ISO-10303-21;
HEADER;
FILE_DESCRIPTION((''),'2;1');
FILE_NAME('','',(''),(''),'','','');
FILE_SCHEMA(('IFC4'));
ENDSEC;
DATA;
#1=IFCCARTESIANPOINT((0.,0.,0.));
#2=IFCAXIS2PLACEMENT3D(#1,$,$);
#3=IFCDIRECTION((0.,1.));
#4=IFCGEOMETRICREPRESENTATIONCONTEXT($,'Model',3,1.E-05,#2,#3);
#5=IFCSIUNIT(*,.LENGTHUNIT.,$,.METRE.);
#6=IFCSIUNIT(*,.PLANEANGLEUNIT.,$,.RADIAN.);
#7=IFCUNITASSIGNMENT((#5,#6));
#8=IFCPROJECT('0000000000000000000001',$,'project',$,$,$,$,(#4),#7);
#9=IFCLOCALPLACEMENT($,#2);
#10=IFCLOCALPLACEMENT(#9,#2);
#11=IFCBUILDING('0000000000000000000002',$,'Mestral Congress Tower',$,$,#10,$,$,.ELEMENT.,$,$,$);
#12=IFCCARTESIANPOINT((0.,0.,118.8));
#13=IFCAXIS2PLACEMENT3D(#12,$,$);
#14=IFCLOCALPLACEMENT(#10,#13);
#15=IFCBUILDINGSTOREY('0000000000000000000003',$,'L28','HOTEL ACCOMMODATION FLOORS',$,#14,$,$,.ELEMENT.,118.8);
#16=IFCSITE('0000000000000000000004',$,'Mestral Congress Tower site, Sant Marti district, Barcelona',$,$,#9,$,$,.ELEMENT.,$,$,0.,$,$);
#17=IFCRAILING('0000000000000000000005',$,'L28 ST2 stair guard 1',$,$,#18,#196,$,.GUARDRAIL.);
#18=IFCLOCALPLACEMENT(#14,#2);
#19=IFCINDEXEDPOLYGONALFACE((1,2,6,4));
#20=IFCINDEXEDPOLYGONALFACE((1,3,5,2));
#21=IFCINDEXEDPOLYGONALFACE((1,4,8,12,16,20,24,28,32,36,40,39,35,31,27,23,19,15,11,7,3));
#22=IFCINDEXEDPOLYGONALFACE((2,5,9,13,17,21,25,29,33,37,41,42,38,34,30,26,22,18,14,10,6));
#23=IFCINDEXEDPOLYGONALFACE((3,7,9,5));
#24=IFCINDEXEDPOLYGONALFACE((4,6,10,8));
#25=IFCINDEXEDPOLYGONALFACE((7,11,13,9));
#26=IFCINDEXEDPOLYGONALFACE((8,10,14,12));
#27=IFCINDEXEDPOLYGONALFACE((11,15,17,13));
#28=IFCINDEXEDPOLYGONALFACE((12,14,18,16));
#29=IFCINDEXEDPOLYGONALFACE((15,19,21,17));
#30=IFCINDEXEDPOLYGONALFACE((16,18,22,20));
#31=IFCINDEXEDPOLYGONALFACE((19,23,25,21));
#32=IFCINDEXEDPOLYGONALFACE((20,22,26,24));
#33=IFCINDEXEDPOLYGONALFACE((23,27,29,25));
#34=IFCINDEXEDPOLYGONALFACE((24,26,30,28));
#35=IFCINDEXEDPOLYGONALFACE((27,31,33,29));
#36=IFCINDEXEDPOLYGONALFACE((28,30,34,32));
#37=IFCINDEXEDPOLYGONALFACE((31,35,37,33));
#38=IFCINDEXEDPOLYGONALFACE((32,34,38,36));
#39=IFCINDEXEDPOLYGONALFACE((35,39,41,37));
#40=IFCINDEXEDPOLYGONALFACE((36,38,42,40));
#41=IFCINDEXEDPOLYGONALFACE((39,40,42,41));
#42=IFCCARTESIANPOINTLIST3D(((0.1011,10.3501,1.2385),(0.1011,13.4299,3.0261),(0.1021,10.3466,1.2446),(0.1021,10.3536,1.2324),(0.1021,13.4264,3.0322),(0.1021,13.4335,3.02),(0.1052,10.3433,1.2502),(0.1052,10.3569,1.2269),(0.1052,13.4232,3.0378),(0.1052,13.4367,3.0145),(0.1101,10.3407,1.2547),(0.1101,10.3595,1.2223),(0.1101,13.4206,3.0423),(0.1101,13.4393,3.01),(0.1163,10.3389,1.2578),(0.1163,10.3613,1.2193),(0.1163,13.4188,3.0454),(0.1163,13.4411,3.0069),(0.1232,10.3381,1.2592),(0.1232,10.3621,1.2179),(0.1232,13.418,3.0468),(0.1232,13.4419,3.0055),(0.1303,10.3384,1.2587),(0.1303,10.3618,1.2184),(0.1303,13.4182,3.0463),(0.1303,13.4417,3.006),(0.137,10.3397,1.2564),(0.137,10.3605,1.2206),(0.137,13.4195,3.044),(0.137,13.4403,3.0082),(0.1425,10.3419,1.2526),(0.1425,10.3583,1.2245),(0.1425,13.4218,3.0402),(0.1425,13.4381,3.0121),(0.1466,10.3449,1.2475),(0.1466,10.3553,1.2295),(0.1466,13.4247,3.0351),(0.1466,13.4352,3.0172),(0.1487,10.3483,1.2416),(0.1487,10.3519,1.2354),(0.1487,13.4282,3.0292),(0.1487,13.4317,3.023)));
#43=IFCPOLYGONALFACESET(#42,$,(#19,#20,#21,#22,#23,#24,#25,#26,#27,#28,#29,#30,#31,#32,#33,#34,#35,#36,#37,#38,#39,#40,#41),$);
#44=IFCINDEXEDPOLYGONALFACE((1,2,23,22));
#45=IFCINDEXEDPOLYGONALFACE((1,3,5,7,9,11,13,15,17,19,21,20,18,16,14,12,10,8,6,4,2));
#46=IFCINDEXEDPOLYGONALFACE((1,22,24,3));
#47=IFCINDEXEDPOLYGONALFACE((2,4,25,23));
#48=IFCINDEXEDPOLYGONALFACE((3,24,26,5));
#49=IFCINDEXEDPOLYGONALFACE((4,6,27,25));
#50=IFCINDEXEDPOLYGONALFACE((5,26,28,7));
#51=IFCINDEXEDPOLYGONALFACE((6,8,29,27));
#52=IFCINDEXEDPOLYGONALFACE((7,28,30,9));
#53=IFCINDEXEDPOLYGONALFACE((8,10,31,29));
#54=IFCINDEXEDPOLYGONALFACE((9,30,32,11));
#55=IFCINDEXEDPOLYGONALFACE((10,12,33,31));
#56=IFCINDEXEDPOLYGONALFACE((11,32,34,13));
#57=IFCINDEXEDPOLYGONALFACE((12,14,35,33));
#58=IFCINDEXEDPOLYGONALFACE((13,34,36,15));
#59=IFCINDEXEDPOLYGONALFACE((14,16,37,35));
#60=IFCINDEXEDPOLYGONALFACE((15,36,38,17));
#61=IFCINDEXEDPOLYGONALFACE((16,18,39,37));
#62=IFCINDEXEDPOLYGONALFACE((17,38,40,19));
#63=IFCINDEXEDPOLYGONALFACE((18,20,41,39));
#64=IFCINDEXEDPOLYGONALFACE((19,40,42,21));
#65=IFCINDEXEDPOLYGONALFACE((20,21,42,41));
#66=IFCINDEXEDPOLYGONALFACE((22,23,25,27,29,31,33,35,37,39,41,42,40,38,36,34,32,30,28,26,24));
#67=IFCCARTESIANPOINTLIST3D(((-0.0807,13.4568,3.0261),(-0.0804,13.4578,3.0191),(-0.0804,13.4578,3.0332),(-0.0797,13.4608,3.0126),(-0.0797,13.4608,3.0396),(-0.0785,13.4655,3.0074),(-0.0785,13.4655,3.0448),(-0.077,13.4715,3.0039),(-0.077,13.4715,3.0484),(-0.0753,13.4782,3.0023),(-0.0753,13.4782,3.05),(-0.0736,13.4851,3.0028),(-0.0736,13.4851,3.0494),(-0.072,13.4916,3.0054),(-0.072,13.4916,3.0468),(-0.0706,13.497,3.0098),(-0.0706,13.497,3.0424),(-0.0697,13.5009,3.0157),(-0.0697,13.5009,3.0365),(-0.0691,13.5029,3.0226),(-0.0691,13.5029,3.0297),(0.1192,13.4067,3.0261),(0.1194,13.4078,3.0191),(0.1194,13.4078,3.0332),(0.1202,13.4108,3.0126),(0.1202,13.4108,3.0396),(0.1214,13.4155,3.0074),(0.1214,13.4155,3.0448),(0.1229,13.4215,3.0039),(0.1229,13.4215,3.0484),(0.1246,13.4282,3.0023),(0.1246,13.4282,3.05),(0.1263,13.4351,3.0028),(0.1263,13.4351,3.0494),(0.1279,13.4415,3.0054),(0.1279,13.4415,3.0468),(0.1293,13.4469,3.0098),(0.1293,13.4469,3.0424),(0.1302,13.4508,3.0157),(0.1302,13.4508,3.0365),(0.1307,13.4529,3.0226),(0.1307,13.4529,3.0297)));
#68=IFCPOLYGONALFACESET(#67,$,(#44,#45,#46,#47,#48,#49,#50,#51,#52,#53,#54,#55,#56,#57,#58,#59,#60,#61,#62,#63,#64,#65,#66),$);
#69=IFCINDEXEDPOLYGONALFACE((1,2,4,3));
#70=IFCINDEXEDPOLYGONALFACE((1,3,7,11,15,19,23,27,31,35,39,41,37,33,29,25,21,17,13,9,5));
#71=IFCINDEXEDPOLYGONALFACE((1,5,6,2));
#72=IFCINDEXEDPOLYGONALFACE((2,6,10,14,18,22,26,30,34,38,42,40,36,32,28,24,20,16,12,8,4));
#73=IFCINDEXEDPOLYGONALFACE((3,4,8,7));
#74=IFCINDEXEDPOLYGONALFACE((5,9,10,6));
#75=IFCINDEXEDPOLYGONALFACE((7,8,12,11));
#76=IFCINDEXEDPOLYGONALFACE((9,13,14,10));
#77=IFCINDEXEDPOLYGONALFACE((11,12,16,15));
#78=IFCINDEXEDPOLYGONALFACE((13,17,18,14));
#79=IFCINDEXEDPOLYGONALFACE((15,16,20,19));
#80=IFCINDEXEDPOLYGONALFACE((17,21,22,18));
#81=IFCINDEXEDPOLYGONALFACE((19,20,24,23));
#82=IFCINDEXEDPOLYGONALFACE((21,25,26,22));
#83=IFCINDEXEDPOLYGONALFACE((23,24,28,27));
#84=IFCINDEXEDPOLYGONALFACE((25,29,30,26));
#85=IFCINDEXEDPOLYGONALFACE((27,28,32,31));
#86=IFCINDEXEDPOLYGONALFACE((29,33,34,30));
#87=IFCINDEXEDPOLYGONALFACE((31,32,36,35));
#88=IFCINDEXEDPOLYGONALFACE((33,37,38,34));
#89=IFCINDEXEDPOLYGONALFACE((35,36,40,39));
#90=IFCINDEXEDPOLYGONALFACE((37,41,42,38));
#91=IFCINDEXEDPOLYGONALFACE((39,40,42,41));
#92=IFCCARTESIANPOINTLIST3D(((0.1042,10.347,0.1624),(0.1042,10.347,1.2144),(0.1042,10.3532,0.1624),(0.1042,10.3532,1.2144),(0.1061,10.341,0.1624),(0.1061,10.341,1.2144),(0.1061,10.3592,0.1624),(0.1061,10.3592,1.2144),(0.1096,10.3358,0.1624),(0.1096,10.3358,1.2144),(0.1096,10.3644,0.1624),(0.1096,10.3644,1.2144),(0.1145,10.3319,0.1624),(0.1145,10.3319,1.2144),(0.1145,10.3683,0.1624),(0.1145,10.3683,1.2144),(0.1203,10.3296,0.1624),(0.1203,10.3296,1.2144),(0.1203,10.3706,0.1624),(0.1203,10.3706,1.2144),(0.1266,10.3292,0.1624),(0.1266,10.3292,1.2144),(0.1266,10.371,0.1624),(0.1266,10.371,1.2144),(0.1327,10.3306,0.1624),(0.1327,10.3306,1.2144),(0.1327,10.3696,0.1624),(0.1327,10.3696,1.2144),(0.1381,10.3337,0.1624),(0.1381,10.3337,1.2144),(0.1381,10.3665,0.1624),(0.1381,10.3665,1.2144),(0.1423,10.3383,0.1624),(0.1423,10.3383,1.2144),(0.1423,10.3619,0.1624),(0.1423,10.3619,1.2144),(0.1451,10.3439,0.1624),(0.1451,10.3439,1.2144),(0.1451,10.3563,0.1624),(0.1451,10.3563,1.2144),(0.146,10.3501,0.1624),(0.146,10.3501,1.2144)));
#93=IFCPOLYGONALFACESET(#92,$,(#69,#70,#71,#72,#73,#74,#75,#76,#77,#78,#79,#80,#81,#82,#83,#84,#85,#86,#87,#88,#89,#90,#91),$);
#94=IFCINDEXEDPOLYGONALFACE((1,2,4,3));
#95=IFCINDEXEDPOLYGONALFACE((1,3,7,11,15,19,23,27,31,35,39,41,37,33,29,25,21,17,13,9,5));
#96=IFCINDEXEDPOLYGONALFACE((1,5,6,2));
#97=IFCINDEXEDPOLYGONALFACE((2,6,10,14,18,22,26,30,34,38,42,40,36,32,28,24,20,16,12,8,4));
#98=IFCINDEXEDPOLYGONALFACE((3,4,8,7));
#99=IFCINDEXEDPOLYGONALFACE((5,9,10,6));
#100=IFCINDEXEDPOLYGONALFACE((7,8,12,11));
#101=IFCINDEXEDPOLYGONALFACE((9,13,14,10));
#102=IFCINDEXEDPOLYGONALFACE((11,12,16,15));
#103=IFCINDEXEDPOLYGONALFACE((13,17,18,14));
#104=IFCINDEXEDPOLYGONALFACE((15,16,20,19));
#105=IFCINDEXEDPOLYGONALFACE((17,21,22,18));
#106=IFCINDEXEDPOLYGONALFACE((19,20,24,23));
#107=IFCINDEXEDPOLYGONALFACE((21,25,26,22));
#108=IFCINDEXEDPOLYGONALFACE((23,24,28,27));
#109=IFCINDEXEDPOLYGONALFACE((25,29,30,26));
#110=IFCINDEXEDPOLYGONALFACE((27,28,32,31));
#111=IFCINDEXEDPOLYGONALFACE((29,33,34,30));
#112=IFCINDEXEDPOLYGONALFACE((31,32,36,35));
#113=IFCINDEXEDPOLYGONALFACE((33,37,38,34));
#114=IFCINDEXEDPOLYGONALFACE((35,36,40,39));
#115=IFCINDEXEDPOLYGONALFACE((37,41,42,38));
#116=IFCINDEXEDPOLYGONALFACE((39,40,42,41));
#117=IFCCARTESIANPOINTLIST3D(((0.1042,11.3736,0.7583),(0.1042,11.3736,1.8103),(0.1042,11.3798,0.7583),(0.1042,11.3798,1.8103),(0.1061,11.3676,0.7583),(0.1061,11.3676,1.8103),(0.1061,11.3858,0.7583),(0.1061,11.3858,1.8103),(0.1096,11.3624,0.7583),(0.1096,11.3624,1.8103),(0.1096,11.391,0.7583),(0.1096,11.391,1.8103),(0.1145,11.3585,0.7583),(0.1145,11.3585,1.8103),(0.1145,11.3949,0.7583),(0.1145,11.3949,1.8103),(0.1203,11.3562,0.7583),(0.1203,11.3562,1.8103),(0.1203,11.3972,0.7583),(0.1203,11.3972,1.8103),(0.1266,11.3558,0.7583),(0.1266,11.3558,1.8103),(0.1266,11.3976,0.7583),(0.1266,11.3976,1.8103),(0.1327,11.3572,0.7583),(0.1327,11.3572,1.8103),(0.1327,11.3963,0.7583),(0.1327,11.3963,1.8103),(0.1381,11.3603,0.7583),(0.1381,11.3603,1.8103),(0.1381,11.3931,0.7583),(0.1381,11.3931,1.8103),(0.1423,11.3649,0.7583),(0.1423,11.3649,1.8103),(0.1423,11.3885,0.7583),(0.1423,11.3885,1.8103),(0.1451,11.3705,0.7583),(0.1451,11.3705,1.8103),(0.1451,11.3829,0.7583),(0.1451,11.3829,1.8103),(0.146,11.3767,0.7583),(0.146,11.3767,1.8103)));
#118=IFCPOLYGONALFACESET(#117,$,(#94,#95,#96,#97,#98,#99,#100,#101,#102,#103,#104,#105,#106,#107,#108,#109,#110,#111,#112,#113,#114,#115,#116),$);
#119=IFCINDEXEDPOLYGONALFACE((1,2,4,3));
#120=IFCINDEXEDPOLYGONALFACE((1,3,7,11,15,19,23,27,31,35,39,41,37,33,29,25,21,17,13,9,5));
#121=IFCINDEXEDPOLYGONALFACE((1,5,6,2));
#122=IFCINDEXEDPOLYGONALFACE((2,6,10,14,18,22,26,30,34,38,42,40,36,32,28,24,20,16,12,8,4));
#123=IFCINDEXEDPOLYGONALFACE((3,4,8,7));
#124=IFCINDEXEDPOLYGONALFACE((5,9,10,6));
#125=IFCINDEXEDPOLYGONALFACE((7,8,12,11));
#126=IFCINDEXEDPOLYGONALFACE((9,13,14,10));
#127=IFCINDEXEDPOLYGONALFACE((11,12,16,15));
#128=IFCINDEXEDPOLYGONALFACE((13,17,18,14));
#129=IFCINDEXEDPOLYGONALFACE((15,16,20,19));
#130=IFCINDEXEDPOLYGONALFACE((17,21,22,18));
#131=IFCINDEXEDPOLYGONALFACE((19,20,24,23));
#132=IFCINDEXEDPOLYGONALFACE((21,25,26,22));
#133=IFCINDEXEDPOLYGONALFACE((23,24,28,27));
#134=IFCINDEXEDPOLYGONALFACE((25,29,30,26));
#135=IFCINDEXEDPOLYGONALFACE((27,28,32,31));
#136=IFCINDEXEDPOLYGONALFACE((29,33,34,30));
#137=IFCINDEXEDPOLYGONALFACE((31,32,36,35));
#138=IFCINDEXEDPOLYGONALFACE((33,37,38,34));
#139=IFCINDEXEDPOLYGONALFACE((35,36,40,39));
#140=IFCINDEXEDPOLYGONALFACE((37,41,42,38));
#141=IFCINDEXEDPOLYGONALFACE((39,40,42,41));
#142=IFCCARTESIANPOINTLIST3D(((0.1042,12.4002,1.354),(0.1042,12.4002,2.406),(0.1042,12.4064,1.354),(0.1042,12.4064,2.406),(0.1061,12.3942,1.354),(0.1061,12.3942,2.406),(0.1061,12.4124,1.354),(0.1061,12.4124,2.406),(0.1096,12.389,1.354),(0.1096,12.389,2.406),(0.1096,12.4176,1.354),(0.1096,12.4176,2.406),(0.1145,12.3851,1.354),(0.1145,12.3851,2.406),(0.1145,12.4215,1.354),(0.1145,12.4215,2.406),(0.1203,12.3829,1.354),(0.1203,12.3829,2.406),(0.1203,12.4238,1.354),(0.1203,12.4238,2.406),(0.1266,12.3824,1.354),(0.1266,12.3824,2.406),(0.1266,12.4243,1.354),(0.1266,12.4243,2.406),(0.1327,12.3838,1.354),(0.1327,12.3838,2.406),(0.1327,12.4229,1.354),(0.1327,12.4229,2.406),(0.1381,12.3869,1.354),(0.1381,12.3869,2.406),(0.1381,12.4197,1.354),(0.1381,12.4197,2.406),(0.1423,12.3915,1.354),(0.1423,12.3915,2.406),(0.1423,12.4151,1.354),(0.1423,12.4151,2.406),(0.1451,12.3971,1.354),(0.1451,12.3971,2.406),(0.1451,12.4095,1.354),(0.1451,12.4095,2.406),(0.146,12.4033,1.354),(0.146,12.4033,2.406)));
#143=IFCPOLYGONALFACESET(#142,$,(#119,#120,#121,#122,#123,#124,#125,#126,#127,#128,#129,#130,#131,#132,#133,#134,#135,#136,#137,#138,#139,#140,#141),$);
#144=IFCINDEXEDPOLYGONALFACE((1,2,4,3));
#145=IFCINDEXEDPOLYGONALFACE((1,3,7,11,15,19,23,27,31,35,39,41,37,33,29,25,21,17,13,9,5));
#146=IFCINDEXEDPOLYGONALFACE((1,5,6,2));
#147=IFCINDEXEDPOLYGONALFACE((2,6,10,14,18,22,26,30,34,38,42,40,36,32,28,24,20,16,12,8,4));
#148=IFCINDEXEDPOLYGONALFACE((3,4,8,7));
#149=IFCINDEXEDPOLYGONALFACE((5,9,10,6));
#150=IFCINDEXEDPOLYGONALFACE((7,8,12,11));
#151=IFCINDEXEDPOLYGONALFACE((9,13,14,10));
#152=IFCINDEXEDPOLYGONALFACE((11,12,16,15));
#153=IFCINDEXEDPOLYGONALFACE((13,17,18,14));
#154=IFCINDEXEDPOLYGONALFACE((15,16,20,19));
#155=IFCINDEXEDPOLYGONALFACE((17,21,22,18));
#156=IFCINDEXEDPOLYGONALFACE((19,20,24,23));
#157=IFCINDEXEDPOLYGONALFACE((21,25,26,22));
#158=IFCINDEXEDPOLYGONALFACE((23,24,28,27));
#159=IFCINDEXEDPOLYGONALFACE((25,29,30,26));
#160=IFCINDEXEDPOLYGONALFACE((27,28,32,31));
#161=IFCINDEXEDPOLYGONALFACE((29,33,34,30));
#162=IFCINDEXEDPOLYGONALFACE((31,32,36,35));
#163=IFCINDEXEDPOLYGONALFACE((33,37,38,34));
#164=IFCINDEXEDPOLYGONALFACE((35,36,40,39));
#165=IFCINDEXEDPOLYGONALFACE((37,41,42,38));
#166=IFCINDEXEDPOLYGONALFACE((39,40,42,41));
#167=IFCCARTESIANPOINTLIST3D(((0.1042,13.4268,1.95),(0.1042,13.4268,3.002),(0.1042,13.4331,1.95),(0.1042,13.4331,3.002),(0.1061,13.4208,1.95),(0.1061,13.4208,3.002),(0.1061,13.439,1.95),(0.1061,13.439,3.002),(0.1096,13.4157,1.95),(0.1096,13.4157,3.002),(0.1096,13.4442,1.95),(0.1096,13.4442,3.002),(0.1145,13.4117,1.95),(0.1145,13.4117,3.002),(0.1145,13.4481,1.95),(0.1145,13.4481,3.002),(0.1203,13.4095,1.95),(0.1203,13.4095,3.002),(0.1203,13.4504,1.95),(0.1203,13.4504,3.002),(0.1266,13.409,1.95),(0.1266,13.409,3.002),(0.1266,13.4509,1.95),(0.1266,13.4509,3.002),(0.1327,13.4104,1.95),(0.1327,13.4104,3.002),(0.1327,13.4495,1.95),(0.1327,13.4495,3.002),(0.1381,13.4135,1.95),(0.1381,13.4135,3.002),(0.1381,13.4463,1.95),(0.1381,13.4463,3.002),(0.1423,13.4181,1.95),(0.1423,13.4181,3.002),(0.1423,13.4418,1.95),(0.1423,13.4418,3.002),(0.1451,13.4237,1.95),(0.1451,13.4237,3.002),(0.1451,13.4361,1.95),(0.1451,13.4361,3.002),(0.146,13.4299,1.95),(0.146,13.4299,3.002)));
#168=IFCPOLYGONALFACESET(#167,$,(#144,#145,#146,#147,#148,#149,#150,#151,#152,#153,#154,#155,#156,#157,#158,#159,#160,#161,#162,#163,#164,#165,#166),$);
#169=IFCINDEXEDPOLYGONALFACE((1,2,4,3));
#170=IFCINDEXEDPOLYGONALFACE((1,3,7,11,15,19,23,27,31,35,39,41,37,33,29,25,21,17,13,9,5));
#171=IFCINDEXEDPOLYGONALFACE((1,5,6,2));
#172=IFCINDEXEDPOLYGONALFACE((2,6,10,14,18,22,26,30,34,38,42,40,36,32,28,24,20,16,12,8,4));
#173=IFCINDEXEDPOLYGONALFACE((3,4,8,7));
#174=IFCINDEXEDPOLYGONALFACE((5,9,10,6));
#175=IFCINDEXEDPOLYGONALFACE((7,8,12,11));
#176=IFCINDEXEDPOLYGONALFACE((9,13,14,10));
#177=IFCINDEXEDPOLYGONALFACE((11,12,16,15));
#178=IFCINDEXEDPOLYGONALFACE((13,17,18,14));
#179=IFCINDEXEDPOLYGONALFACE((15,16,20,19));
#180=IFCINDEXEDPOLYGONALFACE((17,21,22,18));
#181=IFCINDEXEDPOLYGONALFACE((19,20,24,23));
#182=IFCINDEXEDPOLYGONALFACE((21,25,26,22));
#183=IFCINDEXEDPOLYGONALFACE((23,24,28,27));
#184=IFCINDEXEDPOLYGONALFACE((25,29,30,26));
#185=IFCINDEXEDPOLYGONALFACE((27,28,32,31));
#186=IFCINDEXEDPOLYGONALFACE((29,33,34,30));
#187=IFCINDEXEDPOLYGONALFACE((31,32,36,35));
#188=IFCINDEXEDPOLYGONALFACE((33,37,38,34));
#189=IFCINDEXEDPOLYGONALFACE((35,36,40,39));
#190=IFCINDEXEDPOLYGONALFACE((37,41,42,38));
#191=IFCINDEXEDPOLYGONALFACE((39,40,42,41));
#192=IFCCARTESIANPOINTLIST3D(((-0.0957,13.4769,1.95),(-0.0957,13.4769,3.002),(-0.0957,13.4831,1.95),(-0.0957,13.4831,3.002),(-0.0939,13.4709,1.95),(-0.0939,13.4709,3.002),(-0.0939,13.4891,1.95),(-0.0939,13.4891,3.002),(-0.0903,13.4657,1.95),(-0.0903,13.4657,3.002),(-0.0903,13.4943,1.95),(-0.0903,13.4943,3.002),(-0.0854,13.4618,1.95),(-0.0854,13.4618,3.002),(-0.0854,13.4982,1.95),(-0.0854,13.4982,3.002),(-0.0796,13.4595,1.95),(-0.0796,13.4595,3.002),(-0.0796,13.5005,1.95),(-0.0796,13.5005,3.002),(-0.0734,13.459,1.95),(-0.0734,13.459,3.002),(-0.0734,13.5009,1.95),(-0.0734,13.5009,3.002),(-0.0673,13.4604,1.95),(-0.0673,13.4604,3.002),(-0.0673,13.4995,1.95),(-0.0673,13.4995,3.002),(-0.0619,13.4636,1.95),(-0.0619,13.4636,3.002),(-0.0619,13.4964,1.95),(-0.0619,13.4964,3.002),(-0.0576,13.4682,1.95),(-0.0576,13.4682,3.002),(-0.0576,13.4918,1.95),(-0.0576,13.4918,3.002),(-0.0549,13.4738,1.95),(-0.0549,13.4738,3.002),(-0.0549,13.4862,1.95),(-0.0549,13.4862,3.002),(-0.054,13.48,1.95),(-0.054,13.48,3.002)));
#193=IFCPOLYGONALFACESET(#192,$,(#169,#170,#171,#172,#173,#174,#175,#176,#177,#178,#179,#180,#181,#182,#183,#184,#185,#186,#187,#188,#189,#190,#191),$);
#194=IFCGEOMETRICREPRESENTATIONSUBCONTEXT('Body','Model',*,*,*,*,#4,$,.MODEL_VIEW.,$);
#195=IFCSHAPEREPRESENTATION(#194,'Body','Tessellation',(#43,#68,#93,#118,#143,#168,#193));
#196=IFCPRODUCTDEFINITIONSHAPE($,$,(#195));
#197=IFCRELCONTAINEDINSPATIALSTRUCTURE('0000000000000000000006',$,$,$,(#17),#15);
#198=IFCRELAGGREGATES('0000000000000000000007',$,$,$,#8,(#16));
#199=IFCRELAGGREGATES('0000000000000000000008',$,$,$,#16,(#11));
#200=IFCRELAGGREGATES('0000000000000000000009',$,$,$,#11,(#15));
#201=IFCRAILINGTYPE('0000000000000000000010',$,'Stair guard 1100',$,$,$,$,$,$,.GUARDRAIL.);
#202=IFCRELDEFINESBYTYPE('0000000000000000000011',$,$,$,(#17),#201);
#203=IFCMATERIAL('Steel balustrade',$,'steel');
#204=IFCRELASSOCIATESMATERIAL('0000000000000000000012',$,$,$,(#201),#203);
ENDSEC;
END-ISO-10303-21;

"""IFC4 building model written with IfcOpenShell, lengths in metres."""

from ifc_helpers import new_model, si_unit, direction, frame, origin, origin_2d, place, context, subcontext, project, spatial, circle, extrude, material, type_object, element, save


model = new_model("IFC4")

# Units and contexts
model_context = context("Model", 3, precision=1e-05, world=origin(), true_north=direction((0.0, 1.0)))
body_context = subcontext(model_context, "Body", "Model", "MODEL_VIEW")
ifc_project = project(units=[si_unit("LENGTHUNIT", "METRE"), si_unit("PLANEANGLEUNIT", "RADIAN")], contexts=[model_context])

# Site, building, storey
site_placement = place(None, origin())
site = spatial("IfcSite", under=ifc_project, at=site_placement, Name="Mestral Congress Tower site, Sant Marti district, Barcelona", CompositionType="ELEMENT", RefElevation=0.0)
building_placement = place(site_placement, origin())
building = spatial("IfcBuilding", under=site, at=building_placement, Name="Mestral Congress Tower", CompositionType="ELEMENT")
storey_placement = place(building_placement, frame((0.0, 0.0, 118.8)))
storey = spatial("IfcBuildingStorey", under=building, at=storey_placement, Name="L28", Description="HOTEL ACCOMMODATION FLOORS", CompositionType="ELEMENT", Elevation=118.8)

# Railing
ifc_material_1 = material(Name="Steel balustrade", Category="steel")
railing_type_1 = type_object("IfcRailingType", Name="Stair guard 1100", PredefinedType="GUARDRAIL", material=ifc_material_1)
railing_1_placement = place(storey_placement, frame((0.125, 10.3501, 0.1624)))
element("IfcRailing", 1, at=railing_1_placement, inside=storey, type_object=railing_type_1, Name="L28 ST2 stair guard 1", PredefinedType="GUARDRAIL", context=body_context, shape_type="SweptSolid", body=[
    extrude(circle(Radius=0.0239, at=origin_2d()), frame((0.0, 0.0, 1.0762), z_axis=(0.0, 0.864873, 0.50199), x_axis=(-1.0, 0.0, 0.0)), (0.0, 0.0, 1.0), 3.561),
    extrude(circle(Radius=0.0239, at=origin_2d()), frame((0.0, 3.0798, 2.8638), z_axis=(-0.970073, 0.242814, 0.0), x_axis=(-0.242814, -0.970073, 0.0)), (0.0, 0.0, 1.0), 0.2061),
    extrude(circle(Radius=0.021, at=origin_2d()), origin(), (0.0, 0.0, 1.0), 1.052),
    extrude(circle(Radius=0.021, at=origin_2d()), frame((0.0, 1.0266, 0.5959)), (0.0, 0.0, 1.0), 1.052),
    extrude(circle(Radius=0.021, at=origin_2d()), frame((0.0, 2.0532, 1.1917)), (0.0, 0.0, 1.0), 1.052),
    extrude(circle(Radius=0.021, at=origin_2d()), frame((0.0, 3.0798, 1.7876)), (0.0, 0.0, 1.0), 1.052),
    extrude(circle(Radius=0.021, at=origin_2d()), frame((-0.2, 3.1299, 1.7876)), (0.0, 0.0, 1.0), 1.052),
])

save(model, "model.ifc")
